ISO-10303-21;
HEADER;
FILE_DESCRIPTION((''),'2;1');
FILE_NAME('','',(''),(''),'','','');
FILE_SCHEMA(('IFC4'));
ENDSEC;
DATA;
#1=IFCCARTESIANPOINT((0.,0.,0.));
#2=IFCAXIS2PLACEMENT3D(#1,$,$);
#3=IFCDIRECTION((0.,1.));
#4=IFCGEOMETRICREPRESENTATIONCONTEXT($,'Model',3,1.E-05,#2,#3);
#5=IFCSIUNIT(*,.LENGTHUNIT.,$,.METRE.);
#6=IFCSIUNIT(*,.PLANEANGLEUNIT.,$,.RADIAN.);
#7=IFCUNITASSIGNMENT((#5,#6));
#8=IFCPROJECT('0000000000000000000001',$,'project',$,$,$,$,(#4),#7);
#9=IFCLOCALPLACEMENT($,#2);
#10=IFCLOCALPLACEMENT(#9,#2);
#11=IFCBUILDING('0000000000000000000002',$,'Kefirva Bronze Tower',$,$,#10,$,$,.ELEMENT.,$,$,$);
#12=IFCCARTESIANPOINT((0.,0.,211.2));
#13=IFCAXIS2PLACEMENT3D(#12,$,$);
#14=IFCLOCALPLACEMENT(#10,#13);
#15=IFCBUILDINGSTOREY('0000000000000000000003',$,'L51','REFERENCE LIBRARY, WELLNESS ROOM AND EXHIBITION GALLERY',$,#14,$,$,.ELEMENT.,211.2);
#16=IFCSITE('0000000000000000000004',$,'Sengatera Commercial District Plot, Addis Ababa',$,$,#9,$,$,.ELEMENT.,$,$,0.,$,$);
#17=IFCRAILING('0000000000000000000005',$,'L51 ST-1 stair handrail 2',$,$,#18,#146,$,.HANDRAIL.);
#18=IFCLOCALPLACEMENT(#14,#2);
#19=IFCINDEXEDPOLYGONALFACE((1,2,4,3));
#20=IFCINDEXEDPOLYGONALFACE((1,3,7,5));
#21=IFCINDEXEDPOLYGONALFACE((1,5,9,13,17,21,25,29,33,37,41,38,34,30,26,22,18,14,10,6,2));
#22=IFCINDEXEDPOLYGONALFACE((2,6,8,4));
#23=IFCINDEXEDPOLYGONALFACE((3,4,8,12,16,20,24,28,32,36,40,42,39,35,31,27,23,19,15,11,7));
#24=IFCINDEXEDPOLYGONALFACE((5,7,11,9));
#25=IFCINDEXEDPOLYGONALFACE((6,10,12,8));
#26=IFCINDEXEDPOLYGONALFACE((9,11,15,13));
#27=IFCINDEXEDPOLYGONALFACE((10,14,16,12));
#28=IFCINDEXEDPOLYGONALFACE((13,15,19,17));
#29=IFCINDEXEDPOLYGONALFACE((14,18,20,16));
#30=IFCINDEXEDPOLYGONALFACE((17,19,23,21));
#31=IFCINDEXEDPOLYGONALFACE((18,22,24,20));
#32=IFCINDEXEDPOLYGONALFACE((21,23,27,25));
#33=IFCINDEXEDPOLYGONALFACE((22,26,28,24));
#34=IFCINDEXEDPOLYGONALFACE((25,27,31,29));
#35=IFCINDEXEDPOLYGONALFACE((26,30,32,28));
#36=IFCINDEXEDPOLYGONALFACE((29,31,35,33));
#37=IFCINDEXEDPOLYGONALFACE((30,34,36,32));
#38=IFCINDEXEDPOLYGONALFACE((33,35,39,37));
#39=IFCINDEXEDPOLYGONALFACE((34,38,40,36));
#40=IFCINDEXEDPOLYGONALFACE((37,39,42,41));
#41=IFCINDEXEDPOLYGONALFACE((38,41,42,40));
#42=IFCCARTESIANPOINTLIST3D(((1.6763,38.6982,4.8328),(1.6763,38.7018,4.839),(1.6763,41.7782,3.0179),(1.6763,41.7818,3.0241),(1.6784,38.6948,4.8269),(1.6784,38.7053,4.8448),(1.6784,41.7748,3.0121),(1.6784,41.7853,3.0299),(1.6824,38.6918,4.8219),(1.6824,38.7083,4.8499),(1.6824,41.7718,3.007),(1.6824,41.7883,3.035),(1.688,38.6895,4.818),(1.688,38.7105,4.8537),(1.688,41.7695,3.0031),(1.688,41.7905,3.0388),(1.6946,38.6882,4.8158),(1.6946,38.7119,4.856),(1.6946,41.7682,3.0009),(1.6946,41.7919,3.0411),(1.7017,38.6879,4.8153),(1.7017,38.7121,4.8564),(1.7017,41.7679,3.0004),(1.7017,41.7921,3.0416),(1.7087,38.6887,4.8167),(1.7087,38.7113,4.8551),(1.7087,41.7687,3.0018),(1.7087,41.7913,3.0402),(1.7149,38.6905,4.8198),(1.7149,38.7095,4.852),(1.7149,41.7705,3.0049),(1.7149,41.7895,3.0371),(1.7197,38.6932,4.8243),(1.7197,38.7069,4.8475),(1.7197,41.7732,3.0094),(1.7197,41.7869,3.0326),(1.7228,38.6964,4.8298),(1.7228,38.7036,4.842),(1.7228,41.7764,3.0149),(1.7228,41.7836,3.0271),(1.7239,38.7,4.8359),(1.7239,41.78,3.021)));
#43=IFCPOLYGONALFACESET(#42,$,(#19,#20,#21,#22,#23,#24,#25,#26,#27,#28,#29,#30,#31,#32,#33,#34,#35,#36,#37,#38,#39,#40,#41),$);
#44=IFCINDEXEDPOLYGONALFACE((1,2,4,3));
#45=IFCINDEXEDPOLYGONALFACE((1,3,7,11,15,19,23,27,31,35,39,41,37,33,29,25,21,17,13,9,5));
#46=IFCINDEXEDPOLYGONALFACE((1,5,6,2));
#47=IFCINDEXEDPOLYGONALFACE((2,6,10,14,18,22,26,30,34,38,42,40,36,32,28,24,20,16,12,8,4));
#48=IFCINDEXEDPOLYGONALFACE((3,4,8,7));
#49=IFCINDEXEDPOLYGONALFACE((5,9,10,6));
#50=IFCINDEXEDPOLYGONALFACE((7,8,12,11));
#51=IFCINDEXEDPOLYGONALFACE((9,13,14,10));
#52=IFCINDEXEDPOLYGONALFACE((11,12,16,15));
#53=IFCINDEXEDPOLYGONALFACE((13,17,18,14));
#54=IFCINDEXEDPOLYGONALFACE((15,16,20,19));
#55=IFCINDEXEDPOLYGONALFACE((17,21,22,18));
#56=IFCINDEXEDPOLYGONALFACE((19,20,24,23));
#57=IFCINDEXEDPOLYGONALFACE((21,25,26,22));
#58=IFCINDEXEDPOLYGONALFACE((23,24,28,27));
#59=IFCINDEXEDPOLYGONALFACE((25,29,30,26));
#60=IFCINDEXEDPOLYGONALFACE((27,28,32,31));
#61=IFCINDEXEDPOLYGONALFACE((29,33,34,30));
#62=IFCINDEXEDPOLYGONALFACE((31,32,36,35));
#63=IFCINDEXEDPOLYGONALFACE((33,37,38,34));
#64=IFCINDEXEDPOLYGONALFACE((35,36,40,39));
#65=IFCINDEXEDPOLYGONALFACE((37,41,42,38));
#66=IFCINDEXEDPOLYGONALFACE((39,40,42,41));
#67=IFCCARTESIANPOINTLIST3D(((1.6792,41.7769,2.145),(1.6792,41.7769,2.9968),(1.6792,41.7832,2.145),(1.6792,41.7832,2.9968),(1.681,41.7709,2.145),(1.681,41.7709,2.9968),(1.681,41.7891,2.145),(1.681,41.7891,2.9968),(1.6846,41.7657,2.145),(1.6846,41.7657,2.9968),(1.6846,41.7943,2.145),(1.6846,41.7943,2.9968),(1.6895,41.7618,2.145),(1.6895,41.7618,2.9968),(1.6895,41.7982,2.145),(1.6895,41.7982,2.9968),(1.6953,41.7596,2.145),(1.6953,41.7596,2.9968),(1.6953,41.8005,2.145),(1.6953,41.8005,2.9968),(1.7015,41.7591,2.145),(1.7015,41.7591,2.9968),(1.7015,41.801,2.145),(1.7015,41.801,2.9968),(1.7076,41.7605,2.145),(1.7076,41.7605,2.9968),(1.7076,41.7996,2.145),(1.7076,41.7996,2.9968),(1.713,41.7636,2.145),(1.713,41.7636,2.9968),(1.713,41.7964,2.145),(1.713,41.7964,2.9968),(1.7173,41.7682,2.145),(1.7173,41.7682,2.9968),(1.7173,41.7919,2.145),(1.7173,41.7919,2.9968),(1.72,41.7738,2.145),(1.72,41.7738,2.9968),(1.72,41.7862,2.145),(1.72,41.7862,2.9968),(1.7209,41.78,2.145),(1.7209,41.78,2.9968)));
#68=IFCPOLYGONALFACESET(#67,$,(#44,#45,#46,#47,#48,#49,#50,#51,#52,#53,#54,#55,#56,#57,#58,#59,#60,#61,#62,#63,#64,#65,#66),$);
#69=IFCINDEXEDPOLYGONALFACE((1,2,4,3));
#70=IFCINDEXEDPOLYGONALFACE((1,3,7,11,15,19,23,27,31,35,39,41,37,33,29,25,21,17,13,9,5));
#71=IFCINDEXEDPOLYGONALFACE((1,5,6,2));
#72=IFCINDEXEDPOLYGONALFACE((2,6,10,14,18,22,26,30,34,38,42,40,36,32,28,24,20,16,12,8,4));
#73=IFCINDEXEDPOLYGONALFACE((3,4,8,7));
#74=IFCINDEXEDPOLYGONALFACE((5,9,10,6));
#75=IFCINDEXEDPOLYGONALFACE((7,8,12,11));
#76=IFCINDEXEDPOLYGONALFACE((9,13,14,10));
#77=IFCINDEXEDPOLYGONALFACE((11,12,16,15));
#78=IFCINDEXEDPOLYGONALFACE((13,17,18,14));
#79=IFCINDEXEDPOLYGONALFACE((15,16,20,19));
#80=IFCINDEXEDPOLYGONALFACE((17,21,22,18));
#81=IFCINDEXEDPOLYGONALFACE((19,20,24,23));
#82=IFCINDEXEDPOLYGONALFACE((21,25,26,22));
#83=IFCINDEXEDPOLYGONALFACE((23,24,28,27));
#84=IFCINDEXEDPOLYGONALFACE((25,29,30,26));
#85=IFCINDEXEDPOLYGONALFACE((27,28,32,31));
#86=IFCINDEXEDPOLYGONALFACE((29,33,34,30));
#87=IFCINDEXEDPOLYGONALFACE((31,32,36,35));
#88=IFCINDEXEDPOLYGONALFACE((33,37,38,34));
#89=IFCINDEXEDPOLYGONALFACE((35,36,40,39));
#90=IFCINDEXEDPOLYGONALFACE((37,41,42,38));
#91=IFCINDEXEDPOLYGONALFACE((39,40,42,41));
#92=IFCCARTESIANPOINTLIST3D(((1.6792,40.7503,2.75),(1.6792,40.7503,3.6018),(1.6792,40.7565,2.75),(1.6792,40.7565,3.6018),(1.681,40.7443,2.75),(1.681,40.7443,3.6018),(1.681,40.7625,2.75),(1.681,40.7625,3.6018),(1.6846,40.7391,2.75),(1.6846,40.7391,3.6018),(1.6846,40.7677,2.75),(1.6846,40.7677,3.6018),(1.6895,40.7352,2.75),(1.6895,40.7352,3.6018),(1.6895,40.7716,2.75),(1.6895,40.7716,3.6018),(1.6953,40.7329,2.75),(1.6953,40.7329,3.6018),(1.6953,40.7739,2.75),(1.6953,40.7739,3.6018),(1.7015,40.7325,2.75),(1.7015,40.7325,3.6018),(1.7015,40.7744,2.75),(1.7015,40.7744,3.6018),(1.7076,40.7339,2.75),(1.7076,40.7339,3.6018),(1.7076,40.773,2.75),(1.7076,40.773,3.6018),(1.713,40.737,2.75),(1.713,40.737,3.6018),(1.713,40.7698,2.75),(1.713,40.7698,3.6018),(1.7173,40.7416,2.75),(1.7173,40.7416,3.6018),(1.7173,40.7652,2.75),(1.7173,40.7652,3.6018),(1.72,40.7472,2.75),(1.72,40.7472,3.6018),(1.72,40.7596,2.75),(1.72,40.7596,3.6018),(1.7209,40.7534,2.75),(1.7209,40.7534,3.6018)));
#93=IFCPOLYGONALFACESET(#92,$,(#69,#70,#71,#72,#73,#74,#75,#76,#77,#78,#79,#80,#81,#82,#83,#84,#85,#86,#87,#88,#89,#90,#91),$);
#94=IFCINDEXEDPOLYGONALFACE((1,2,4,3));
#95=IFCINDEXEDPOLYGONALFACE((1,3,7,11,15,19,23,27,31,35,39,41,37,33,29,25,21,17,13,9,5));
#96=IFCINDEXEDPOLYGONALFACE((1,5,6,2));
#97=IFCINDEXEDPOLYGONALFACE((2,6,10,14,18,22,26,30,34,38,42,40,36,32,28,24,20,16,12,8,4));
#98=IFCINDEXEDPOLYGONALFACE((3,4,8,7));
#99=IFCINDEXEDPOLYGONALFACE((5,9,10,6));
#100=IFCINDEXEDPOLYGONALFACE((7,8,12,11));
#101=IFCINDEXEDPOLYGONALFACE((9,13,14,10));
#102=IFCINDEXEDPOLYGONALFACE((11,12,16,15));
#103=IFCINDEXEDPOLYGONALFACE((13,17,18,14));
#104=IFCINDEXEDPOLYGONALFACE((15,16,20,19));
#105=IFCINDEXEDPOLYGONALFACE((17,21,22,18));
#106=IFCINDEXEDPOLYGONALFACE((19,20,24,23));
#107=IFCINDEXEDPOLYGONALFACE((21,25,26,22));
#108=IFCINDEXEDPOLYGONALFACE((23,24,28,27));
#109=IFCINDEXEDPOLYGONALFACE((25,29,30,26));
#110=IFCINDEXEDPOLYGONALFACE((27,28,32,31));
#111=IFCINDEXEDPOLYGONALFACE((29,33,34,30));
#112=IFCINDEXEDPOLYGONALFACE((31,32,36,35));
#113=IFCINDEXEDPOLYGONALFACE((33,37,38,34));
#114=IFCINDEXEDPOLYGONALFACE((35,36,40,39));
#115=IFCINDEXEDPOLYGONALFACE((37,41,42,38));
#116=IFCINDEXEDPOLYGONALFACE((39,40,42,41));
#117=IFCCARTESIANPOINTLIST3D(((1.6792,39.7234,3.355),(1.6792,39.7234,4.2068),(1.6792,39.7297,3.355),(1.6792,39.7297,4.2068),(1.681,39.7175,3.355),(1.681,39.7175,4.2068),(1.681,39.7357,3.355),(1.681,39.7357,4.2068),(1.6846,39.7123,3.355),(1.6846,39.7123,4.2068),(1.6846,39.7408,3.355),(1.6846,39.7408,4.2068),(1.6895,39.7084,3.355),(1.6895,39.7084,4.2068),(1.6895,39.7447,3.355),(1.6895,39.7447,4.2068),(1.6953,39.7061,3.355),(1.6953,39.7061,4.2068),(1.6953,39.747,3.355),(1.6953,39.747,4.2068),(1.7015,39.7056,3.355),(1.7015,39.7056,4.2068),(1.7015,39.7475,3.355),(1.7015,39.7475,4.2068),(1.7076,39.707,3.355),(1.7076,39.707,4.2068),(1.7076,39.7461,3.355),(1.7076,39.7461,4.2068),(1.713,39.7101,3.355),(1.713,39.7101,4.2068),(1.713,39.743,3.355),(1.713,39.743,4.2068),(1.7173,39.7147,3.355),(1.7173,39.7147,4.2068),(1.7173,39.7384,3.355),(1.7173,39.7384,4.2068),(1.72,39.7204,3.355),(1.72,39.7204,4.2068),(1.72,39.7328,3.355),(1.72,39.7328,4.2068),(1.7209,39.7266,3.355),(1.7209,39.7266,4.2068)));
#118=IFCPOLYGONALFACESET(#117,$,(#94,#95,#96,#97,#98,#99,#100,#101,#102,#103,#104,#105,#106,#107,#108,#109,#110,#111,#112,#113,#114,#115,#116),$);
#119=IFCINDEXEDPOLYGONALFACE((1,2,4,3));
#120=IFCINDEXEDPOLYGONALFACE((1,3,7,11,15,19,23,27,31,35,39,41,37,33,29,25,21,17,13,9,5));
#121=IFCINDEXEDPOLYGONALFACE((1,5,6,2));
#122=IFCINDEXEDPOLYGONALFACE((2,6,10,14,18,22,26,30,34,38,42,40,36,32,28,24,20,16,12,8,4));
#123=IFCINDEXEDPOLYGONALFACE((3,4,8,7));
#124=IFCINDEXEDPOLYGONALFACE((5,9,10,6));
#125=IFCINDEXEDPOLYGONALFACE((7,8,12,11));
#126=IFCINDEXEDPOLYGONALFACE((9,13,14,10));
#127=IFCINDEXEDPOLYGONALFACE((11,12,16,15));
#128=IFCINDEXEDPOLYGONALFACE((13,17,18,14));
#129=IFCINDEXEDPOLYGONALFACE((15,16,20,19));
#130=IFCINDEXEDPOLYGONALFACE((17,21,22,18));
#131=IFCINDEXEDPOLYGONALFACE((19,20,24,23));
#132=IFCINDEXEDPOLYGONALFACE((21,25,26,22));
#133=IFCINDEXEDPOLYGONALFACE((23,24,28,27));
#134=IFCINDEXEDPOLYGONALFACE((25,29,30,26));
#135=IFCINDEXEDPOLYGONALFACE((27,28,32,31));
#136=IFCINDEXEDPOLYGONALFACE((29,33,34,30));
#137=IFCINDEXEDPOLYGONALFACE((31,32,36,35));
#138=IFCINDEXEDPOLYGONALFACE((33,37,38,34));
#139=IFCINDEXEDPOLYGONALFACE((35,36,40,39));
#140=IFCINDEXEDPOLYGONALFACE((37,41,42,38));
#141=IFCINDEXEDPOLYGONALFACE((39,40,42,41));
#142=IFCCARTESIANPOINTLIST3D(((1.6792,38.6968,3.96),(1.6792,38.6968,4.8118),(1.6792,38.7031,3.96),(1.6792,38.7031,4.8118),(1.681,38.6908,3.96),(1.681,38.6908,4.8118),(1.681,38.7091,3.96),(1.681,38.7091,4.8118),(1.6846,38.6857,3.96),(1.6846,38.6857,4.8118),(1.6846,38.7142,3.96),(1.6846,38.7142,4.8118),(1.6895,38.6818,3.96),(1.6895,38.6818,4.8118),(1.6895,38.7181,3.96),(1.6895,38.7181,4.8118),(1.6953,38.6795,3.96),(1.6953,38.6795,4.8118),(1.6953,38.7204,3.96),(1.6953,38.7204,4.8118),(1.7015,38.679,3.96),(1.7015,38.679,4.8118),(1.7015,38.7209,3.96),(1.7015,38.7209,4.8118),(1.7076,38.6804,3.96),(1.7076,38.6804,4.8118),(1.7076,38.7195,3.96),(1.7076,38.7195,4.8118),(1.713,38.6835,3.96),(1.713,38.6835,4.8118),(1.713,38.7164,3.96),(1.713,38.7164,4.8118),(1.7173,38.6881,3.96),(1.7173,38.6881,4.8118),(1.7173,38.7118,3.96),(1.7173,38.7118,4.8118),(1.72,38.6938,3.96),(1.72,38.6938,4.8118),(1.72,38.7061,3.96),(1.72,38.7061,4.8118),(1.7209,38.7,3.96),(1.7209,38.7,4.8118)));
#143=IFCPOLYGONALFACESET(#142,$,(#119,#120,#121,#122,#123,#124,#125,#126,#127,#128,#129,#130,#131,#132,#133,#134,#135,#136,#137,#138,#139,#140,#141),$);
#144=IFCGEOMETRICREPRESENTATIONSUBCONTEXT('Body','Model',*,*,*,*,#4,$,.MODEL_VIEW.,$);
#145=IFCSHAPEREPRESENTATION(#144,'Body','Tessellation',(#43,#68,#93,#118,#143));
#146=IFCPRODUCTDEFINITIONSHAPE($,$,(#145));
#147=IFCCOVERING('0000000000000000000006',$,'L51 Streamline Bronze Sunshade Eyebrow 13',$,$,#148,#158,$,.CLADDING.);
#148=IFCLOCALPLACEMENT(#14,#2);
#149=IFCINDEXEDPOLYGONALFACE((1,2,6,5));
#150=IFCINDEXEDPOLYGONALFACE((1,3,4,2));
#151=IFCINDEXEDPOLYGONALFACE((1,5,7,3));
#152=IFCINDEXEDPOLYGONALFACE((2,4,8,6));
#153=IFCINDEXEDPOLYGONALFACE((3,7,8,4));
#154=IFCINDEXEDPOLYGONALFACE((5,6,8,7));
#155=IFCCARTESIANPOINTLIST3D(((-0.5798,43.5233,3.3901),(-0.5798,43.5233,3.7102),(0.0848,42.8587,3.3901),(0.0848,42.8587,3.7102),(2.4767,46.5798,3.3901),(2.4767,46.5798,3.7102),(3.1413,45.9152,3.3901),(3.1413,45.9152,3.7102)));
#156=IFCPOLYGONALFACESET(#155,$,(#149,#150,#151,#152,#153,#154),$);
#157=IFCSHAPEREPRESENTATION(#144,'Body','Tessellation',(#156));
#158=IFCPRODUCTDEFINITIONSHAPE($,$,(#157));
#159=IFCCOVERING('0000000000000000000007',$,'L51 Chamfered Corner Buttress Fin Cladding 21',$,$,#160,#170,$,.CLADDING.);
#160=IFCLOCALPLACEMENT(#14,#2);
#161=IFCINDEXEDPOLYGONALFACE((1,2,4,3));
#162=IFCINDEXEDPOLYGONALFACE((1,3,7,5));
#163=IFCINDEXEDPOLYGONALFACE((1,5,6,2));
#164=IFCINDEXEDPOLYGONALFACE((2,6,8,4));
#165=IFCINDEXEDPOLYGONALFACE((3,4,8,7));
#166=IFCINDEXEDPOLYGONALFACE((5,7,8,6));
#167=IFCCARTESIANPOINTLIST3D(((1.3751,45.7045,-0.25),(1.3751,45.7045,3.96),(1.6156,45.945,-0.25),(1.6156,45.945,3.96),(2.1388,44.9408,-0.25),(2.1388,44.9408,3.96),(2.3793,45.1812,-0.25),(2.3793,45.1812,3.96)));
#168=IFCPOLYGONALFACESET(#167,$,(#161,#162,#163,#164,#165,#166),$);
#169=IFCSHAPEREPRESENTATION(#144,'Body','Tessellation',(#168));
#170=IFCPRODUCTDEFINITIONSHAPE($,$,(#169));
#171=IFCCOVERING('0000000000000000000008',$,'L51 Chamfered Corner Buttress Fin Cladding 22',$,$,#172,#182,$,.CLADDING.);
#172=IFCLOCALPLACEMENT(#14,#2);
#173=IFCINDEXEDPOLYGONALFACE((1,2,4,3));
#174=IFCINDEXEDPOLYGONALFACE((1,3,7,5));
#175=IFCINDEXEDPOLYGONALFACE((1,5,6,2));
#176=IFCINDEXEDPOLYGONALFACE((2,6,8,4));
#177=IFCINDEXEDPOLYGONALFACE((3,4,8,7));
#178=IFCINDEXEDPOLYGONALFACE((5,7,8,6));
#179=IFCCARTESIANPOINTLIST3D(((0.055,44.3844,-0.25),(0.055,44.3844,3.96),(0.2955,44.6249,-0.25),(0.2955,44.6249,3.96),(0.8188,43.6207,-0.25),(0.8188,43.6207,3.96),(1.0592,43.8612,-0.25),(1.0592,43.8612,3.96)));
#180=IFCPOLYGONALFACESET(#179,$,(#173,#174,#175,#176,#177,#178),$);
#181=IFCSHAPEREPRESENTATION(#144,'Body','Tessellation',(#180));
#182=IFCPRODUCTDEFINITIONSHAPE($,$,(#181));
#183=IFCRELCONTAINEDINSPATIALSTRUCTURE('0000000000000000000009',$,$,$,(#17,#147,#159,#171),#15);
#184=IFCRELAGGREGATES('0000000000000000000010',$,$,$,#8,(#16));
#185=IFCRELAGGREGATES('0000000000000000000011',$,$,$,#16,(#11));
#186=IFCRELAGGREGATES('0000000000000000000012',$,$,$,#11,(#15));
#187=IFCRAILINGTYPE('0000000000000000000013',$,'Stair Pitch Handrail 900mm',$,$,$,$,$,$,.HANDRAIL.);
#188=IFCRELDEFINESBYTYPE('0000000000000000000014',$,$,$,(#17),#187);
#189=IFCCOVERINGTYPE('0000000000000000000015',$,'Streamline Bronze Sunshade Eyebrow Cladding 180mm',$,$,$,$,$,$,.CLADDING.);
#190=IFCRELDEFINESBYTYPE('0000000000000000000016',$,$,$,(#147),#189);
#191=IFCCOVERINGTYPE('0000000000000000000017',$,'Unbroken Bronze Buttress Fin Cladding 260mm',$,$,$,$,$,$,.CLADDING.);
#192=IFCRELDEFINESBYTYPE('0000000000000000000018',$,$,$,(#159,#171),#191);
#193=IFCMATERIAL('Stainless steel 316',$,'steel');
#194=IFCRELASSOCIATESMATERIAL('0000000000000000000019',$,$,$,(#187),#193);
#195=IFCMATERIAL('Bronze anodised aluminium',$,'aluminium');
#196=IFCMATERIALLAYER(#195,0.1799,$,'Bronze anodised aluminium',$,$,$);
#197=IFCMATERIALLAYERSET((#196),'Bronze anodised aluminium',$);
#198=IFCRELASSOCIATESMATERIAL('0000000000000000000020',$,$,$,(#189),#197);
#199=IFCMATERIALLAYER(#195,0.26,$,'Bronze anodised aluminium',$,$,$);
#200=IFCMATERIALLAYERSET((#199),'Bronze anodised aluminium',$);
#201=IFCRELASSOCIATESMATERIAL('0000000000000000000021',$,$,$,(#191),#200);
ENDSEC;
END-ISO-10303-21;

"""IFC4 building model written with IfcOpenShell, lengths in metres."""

from ifc_helpers import new_model, si_unit, direction, frame, origin, origin_2d, place, context, subcontext, project, spatial, rectangle, circle, extrude, material, layer, layer_set, type_object, element, save


model = new_model("IFC4")

# Units and contexts
model_context = context("Model", 3, precision=1e-05, world=origin(), true_north=direction((0.0, 1.0)))
body_context = subcontext(model_context, "Body", "Model", "MODEL_VIEW")
ifc_project = project(units=[si_unit("LENGTHUNIT", "METRE"), si_unit("PLANEANGLEUNIT", "RADIAN")], contexts=[model_context])

# Site, building, storey
site_placement = place(None, origin())
site = spatial("IfcSite", under=ifc_project, at=site_placement, Name="Sengatera Commercial District Plot, Addis Ababa", CompositionType="ELEMENT", RefElevation=0.0)
building_placement = place(site_placement, origin())
building = spatial("IfcBuilding", under=site, at=building_placement, Name="Kefirva Bronze Tower", CompositionType="ELEMENT")
storey_placement = place(building_placement, frame((0.0, 0.0, 211.2)))
storey = spatial("IfcBuildingStorey", under=building, at=storey_placement, Name="L51", Description="REFERENCE LIBRARY, WELLNESS ROOM AND EXHIBITION GALLERY", CompositionType="ELEMENT", Elevation=211.2)

# Shared definitions
ifc_material_1 = material(Name="Bronze anodised aluminium", Category="aluminium")

# Railing
ifc_material_2 = material(Name="Stainless steel 316", Category="steel")
railing_type_1 = type_object("IfcRailingType", Name="Stair Pitch Handrail 900mm", PredefinedType="HANDRAIL", material=ifc_material_2)
railing_1_placement = place(storey_placement, frame((1.7, 41.78, 2.145)))
element("IfcRailing", 1, at=railing_1_placement, inside=storey, type_object=railing_type_1, Name="L51 ST-1 stair handrail 2", PredefinedType="HANDRAIL", context=body_context, shape_type="SweptSolid", body=[
    extrude(circle(Radius=0.0239, at=origin_2d()), frame((0.0, 0.0, 0.876), z_axis=(0.0, -0.861551, 0.507671), x_axis=(1.0, 0.0, 0.0)), (0.0, 0.0, 1.0), 3.575),
    extrude(circle(Radius=0.021, at=origin_2d()), origin(), (0.0, 0.0, 1.0), 0.8518),
    extrude(circle(Radius=0.021, at=origin_2d()), frame((0.0, -1.0266, 0.605)), (0.0, 0.0, 1.0), 0.8518),
    extrude(circle(Radius=0.021, at=origin_2d()), frame((0.0, -2.0535, 1.21)), (0.0, 0.0, 1.0), 0.8518),
    extrude(circle(Radius=0.021, at=origin_2d()), frame((0.0, -3.0801, 1.8149)), (0.0, 0.0, 1.0), 0.8518),
])

# Coverings
ifc_layer_1 = layer(ifc_material_1, 0.1799, Name="Bronze anodised aluminium")
ifc_layer_set_1 = layer_set([ifc_layer_1], Name="Bronze anodised aluminium")
covering_type_1 = type_object("IfcCoveringType", Name="Streamline Bronze Sunshade Eyebrow Cladding 180mm", PredefinedType="CLADDING", material=ifc_layer_set_1)
covering_1_placement = place(storey_placement, frame((1.2808, 44.7192, 3.3901), z_axis=(0.0, 0.0, 1.0), x_axis=(-0.707107, -0.707107, 0.0)))
element("IfcCovering", 2, at=covering_1_placement, inside=storey, type_object=covering_type_1, Name="L51 Streamline Bronze Sunshade Eyebrow 13", PredefinedType="CLADDING", context=body_context, shape_type="SweptSolid", body=[
    extrude(rectangle(XDim=4.3225, YDim=0.9399, at=origin_2d()), origin(), (0.0, 0.0, 1.0), 0.3201),
])
ifc_layer_2 = layer(ifc_material_1, 0.26, Name="Bronze anodised aluminium")
ifc_layer_set_2 = layer_set([ifc_layer_2], Name="Bronze anodised aluminium")
covering_type_2 = type_object("IfcCoveringType", Name="Unbroken Bronze Buttress Fin Cladding 260mm", PredefinedType="CLADDING", material=ifc_layer_set_2)
for number, where, z_axis, x_axis, name in (
    (3, (1.8772, 45.4429, -0.25), (0.0, 0.0, 1.0), (-0.707107, -0.707107, 0.0), "L51 Chamfered Corner Buttress Fin Cladding 21"),
    (4, (0.5571, 44.1228, -0.25), (0.0, 0.0, 1.0), (-0.707107, -0.707107, 0.0), "L51 Chamfered Corner Buttress Fin Cladding 22"),
):
    element("IfcCovering", number, at=place(storey_placement, frame(where, z_axis=z_axis, x_axis=x_axis)), inside=storey, type_object=covering_type_2, Name=name, PredefinedType="CLADDING", context=body_context, shape_type="SweptSolid", body=[
        extrude(rectangle(XDim=0.3401, YDim=1.0801, at=origin_2d()), origin(), (0.0, 0.0, 1.0), 4.21),
    ])

save(model, "model.ifc")
